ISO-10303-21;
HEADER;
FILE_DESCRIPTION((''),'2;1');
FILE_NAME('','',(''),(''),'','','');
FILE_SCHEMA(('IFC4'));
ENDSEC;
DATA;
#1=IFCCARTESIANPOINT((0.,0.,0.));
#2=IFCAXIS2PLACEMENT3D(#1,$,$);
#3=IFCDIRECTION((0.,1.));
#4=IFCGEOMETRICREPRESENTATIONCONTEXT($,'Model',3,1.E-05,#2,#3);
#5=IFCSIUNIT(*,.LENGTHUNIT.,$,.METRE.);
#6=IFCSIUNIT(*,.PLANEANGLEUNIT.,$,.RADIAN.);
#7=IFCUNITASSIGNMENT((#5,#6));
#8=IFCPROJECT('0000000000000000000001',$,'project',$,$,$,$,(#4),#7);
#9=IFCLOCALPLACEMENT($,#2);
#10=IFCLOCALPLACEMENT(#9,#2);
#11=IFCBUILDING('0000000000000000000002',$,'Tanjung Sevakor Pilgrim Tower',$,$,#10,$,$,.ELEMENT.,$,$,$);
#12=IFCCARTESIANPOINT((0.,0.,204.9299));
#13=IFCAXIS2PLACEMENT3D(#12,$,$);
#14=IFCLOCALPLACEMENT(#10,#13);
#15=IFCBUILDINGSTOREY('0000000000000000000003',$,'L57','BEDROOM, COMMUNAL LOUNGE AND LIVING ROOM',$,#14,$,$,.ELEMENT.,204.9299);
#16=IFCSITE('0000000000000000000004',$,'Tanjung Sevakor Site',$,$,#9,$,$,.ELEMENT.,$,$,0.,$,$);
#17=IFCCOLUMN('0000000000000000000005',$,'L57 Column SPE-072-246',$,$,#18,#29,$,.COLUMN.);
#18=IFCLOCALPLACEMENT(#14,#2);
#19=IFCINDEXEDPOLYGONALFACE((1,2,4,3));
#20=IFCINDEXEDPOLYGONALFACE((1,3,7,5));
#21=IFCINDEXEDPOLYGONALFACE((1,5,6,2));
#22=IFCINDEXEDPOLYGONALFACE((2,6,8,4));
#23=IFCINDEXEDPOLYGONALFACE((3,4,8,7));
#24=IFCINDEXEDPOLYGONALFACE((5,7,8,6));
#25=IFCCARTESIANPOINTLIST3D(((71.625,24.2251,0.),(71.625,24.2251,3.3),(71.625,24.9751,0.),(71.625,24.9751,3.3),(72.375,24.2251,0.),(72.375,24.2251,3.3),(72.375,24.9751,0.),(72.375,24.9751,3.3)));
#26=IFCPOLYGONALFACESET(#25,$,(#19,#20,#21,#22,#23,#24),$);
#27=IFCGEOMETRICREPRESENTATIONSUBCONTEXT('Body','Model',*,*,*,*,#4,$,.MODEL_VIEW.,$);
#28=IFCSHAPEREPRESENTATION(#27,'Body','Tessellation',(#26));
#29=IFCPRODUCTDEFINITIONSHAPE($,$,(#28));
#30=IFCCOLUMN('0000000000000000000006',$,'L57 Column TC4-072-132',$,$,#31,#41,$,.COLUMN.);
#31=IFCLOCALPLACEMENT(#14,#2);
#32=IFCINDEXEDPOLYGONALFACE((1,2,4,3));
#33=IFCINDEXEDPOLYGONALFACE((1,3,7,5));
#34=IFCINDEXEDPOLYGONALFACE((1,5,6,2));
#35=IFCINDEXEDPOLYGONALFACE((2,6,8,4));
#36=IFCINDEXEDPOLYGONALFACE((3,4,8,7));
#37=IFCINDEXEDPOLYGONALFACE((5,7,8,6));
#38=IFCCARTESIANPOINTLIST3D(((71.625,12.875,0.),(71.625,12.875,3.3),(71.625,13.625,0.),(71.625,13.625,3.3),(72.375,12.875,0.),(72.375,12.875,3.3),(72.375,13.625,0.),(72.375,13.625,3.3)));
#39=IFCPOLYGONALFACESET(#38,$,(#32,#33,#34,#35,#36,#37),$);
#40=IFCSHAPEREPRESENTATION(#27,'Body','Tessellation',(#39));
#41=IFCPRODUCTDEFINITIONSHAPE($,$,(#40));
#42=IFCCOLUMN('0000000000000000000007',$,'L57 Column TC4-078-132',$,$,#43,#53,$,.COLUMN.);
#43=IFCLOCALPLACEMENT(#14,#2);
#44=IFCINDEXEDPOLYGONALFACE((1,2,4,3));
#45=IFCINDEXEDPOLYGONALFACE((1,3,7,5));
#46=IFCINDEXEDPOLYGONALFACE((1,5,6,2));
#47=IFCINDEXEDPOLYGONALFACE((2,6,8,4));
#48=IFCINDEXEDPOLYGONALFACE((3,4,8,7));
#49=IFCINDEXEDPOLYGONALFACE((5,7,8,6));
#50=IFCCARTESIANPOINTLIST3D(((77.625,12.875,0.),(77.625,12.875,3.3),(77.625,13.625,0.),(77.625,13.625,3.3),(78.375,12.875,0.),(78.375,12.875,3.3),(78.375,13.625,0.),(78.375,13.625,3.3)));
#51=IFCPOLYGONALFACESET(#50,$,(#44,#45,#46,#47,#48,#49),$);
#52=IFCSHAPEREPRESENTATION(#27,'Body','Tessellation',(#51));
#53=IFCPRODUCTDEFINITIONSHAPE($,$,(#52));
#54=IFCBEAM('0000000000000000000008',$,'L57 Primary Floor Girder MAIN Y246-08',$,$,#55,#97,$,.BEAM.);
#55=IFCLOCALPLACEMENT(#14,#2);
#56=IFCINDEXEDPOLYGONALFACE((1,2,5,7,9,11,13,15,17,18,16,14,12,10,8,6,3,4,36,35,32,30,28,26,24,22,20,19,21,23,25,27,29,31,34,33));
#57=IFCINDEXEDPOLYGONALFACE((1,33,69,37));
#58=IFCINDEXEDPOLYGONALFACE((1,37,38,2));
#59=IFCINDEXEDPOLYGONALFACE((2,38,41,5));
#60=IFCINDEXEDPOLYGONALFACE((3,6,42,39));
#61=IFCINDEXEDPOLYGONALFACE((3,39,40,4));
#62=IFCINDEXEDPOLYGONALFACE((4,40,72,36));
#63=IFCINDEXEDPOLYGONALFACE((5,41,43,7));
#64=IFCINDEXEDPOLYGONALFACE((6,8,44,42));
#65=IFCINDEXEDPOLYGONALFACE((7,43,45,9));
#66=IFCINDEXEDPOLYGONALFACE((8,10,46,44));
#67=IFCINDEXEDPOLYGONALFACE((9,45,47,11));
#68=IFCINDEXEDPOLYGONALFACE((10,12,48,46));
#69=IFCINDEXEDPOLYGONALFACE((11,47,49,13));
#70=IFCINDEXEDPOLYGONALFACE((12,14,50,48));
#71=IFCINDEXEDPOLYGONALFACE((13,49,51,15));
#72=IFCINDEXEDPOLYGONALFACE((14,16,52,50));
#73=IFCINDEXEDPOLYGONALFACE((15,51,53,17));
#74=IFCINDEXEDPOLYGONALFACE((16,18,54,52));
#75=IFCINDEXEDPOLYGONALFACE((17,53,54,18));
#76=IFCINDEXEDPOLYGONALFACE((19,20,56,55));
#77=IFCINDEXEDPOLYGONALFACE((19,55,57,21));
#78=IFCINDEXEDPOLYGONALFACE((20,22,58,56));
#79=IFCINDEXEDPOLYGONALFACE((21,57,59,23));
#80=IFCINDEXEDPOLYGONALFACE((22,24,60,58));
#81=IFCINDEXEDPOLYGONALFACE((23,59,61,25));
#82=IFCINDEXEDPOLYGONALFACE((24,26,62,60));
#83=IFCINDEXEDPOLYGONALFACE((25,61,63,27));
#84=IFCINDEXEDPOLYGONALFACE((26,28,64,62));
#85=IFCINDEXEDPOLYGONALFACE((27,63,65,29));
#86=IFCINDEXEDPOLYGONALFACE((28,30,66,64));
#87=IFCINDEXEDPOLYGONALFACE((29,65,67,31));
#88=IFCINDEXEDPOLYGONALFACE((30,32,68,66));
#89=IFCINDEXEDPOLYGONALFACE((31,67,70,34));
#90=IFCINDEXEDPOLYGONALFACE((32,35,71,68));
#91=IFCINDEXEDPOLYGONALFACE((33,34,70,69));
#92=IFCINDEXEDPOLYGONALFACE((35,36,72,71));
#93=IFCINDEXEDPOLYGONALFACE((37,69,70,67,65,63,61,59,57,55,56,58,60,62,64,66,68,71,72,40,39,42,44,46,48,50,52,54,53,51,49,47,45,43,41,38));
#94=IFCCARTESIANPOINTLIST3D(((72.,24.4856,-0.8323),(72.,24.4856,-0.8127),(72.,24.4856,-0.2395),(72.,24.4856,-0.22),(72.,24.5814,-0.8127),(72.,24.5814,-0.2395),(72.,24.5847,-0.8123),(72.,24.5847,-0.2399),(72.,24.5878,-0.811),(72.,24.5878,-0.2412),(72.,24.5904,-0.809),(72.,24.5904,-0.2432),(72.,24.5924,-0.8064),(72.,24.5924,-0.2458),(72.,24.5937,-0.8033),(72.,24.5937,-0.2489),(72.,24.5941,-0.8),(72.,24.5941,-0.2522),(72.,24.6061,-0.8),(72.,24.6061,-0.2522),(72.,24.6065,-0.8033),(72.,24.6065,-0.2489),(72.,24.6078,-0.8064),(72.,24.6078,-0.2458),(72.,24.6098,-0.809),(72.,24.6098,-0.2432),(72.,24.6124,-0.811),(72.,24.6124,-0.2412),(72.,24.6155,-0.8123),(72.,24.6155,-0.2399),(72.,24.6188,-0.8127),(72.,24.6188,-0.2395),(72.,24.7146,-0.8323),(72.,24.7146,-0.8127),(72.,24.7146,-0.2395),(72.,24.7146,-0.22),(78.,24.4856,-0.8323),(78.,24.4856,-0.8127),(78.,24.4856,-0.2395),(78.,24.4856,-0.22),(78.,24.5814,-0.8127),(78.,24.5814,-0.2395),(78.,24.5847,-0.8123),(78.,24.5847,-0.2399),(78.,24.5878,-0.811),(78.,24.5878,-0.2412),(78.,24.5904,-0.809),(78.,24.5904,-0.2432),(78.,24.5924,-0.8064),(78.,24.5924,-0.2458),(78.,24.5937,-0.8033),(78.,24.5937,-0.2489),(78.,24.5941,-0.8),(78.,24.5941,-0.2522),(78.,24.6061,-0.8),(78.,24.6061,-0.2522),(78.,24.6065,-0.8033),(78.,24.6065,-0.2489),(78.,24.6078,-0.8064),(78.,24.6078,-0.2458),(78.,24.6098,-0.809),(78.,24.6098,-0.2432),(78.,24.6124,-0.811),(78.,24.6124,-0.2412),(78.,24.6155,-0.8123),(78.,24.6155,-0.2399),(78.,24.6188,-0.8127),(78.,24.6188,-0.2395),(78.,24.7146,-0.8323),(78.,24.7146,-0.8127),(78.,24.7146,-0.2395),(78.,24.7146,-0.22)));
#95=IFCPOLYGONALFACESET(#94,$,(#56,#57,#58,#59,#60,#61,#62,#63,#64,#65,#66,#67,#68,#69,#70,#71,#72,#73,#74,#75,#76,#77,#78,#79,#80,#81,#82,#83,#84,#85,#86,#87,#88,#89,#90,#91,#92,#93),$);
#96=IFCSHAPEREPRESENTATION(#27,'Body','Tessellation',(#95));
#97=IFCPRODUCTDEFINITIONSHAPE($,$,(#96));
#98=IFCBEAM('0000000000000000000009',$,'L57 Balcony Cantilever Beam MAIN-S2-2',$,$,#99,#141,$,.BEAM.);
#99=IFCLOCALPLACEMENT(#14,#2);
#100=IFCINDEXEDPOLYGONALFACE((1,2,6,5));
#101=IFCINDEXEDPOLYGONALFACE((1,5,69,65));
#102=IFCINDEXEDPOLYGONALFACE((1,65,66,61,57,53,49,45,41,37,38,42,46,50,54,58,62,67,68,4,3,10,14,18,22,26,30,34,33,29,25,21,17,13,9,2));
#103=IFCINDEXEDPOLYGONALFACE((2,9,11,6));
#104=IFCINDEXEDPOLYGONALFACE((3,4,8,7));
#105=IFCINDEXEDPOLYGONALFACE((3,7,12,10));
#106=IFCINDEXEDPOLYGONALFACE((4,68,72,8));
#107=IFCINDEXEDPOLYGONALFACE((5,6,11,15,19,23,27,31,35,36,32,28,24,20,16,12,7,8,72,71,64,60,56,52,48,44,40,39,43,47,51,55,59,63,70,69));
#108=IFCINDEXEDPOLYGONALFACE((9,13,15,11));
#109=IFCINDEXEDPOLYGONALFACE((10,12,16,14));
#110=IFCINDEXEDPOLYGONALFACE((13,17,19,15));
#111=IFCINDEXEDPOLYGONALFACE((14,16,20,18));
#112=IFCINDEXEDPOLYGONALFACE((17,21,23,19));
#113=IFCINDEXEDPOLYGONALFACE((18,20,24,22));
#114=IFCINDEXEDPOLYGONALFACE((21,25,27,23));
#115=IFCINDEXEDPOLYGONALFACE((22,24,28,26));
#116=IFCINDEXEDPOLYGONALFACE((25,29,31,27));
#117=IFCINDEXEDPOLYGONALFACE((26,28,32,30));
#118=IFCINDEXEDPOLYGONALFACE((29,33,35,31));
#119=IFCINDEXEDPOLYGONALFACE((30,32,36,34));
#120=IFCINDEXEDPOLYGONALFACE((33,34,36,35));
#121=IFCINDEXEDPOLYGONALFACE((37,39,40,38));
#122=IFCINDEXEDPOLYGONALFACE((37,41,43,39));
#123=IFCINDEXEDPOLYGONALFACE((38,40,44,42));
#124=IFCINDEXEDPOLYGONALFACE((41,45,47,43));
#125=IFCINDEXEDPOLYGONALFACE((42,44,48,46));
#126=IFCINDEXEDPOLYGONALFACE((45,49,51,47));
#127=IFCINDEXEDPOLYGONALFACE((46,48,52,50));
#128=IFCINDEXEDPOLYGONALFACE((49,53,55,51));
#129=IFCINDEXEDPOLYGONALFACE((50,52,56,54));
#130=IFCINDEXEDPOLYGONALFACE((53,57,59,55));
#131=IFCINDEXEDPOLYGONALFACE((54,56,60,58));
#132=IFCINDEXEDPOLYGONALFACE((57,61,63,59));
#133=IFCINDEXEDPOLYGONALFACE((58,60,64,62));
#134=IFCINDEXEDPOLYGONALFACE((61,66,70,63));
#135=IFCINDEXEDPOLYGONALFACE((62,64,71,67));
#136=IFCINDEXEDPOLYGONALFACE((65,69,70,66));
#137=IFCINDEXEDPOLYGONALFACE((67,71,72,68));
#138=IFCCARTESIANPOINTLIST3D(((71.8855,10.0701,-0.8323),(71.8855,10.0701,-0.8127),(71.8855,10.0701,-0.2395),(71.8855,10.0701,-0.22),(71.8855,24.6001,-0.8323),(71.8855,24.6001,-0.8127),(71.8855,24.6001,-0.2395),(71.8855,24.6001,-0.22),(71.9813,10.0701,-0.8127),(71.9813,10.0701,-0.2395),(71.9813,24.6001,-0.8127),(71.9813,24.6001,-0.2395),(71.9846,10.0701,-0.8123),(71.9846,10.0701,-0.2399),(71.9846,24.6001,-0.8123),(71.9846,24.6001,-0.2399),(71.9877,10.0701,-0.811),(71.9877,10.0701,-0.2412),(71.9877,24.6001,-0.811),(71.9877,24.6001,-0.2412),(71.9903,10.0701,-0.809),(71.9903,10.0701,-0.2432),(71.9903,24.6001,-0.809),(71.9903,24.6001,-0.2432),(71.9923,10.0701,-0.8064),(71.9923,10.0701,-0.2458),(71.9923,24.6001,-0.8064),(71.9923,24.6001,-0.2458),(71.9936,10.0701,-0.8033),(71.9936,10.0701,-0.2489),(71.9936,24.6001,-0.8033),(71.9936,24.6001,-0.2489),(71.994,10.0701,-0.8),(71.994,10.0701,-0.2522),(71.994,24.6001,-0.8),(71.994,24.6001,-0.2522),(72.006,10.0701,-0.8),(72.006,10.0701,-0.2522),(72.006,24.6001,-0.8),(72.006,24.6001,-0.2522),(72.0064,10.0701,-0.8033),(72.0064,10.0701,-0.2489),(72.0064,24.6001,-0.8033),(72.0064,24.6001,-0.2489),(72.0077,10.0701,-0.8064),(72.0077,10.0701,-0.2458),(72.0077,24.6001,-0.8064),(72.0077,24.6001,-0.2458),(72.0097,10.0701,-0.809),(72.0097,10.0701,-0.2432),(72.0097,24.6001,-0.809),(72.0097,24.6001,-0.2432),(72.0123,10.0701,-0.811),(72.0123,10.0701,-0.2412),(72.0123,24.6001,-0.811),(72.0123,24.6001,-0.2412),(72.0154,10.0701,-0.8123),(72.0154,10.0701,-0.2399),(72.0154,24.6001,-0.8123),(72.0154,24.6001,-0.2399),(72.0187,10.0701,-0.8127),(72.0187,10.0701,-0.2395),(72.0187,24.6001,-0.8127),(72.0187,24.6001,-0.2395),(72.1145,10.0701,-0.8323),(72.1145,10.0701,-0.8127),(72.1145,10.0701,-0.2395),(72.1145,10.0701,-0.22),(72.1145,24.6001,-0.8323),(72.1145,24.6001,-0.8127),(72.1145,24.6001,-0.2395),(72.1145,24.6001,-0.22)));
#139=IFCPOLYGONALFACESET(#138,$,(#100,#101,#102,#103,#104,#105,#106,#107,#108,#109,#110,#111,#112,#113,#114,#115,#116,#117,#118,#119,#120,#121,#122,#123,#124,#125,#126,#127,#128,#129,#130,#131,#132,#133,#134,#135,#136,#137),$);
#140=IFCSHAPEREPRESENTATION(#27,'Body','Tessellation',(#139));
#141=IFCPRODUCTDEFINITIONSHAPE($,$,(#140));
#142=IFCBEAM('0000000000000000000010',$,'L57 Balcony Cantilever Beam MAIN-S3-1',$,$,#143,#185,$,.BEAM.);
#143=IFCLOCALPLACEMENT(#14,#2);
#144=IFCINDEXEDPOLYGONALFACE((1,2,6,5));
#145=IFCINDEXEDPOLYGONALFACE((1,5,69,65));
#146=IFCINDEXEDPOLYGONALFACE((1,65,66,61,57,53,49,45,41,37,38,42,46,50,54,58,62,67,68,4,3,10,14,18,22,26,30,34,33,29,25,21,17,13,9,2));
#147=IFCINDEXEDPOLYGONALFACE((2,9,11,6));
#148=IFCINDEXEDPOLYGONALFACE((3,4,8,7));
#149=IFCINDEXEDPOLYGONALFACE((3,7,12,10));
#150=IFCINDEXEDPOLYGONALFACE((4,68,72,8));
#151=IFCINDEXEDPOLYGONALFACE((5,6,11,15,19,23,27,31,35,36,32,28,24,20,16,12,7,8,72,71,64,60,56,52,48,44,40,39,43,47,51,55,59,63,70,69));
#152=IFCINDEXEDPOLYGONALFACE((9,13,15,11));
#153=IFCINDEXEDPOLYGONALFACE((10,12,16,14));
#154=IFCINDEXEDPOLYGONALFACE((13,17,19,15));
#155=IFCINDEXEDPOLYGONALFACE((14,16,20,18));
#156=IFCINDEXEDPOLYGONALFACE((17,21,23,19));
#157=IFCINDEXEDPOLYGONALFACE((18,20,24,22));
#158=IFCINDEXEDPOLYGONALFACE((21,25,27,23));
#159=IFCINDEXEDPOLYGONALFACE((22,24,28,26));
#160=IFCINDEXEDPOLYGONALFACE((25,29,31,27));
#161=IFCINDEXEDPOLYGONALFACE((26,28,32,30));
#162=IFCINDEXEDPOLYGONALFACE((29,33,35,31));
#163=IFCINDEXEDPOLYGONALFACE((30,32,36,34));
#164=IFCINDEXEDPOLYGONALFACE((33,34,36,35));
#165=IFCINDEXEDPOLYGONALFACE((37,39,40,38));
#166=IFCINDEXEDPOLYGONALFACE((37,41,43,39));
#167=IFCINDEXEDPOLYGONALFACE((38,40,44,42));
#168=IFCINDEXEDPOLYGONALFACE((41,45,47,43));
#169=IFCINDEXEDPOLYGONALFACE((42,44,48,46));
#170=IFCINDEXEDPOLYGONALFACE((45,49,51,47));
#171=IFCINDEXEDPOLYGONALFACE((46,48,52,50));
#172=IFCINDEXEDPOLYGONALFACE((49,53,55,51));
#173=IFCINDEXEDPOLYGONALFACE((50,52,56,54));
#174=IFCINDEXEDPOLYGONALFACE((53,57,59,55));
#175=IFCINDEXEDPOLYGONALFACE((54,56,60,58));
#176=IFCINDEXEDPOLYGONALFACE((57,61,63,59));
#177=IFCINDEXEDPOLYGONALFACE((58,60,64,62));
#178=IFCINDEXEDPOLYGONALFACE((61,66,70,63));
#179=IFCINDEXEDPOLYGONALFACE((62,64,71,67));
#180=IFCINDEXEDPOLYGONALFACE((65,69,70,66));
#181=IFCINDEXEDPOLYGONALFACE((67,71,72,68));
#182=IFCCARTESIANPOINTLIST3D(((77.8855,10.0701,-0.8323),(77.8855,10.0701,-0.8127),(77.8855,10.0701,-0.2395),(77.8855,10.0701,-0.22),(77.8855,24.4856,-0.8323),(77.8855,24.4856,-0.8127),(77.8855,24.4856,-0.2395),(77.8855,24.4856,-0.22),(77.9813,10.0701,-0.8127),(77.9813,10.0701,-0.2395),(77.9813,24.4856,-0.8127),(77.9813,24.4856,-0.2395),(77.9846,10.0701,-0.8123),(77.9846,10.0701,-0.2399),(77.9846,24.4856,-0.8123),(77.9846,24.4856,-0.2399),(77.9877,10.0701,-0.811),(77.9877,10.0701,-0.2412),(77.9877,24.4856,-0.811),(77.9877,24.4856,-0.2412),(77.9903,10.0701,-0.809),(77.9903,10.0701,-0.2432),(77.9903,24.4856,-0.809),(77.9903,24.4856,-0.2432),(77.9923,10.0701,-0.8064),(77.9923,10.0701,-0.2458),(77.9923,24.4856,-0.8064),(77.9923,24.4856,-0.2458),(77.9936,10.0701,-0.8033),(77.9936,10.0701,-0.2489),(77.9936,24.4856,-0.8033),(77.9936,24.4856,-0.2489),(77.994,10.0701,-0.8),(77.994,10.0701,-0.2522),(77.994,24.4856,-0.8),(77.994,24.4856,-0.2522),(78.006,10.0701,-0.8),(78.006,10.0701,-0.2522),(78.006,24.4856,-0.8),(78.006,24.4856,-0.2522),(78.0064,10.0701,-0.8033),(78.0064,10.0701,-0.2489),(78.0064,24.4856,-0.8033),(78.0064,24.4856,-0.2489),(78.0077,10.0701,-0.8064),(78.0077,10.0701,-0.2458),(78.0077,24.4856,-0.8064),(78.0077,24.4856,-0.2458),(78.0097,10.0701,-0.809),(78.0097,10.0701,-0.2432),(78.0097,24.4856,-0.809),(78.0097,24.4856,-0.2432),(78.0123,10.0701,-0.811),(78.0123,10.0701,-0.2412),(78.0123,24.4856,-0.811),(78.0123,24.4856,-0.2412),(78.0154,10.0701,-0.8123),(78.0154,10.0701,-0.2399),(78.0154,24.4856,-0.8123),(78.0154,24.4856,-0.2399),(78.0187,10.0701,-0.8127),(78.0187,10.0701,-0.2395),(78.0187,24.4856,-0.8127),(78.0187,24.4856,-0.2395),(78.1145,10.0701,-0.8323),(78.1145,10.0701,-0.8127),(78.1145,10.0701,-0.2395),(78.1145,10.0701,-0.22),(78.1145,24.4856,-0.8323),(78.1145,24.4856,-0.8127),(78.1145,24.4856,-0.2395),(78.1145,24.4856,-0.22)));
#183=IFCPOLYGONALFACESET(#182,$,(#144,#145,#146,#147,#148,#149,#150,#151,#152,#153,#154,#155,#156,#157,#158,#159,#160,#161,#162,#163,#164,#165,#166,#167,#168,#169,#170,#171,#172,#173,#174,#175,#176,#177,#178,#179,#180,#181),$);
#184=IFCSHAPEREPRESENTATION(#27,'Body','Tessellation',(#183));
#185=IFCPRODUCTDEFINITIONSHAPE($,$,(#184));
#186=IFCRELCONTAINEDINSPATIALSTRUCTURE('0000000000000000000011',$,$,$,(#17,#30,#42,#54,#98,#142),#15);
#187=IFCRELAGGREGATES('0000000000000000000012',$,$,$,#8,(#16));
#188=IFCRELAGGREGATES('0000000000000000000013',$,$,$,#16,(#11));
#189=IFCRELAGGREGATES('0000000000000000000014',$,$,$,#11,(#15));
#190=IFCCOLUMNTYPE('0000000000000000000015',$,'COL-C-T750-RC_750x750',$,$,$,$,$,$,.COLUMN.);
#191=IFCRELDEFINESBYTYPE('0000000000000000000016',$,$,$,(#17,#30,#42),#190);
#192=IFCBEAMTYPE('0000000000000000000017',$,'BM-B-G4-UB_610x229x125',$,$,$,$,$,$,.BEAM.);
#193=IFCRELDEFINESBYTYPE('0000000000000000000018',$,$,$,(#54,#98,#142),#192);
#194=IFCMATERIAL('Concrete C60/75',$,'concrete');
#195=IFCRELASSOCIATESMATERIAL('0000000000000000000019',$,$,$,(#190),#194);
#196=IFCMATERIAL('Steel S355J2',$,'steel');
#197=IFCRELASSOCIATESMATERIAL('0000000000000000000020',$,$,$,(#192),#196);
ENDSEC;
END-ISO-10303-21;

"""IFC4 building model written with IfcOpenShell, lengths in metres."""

from ifc_helpers import new_model, si_unit, direction, frame, origin, origin_2d, place, context, subcontext, project, spatial, rectangle, i_section, extrude, material, material_profile, profile_set, type_object, element, save


model = new_model("IFC4")

# Units and contexts
model_context = context("Model", 3, precision=1e-05, world=origin(), true_north=direction((0.0, 1.0)))
body_context = subcontext(model_context, "Body", "Model", "MODEL_VIEW")
ifc_project = project(units=[si_unit("LENGTHUNIT", "METRE"), si_unit("PLANEANGLEUNIT", "RADIAN")], contexts=[model_context])

# Site, building, storey
site_placement = place(None, origin())
site = spatial("IfcSite", under=ifc_project, at=site_placement, Name="Tanjung Sevakor Site", CompositionType="ELEMENT", RefElevation=0.0)
building_placement = place(site_placement, origin())
building = spatial("IfcBuilding", under=site, at=building_placement, Name="Tanjung Sevakor Pilgrim Tower", CompositionType="ELEMENT")
storey_placement = place(building_placement, frame((0.0, 0.0, 204.9299)))
storey = spatial("IfcBuildingStorey", under=building, at=storey_placement, Name="L57", Description="BEDROOM, COMMUNAL LOUNGE AND LIVING ROOM", CompositionType="ELEMENT", Elevation=204.9299)

# Columns
ifc_material_1 = material(Name="Concrete C60/75", Category="concrete")
ifc_material_profile_1 = material_profile(ifc_material_1, rectangle(XDim=0.75, YDim=0.75, at=origin_2d()))
ifc_profile_set_1 = profile_set([ifc_material_profile_1], Name="Concrete C60/75")
column_type = type_object("IfcColumnType", Name="COL-C-T750-RC_750x750", PredefinedType="COLUMN", material=ifc_profile_set_1)
for number, where, z_axis, x_axis, name in (
    (1, (72.0, 24.6001, 0.0), (0.0, 0.0, 1.0), (1.0, 0.0, 0.0), "L57 Column SPE-072-246"),
    (2, (72.0, 13.25, 0.0), (0.0, 0.0, 1.0), (1.0, 0.0, 0.0), "L57 Column TC4-072-132"),
    (3, (78.0, 13.25, 0.0), (0.0, 0.0, 1.0), (1.0, 0.0, 0.0), "L57 Column TC4-078-132"),
):
    element("IfcColumn", number, at=place(storey_placement, frame(where, z_axis=z_axis, x_axis=x_axis)), inside=storey, type_object=column_type, Name=name, PredefinedType="COLUMN", context=body_context, shape_type="SweptSolid", body=[
        extrude(rectangle(XDim=0.75, YDim=0.75, at=origin_2d()), origin(), (0.0, 0.0, 1.0), 3.3),
    ])

# Beams
ifc_material_2 = material(Name="Steel S355J2", Category="steel")
ifc_material_profile_2 = material_profile(ifc_material_2, i_section(OverallWidth=0.229, OverallDepth=0.6123, WebThickness=0.012, FlangeThickness=0.0195, FilletRadius=0.0127, at=origin_2d()))
ifc_profile_set_2 = profile_set([ifc_material_profile_2], Name="Steel S355J2")
beam_type_1 = type_object("IfcBeamType", Name="BM-B-G4-UB_610x229x125", PredefinedType="BEAM", material=ifc_profile_set_2)
beam_1_placement = place(storey_placement, frame((72.0, 24.6001, -0.5261), z_axis=(1.0, 0.0, 0.0), x_axis=(0.0, 1.0, 0.0)))
element("IfcBeam", 4, at=beam_1_placement, inside=storey, type_object=beam_type_1, Name="L57 Primary Floor Girder MAIN Y246-08", PredefinedType="BEAM", context=body_context, shape_type="SweptSolid", body=[
    extrude(i_section(OverallWidth=0.229, OverallDepth=0.6123, WebThickness=0.012, FlangeThickness=0.0195, FilletRadius=0.0127, at=origin_2d()), origin(), (0.0, 0.0, 1.0), 6.0),
])
beam_2_placement = place(storey_placement, frame((72.0, 24.6001, -0.5261), z_axis=(0.0, -1.0, 0.0), x_axis=(1.0, 0.0, 0.0)))
element("IfcBeam", 5, at=beam_2_placement, inside=storey, type_object=beam_type_1, Name="L57 Balcony Cantilever Beam MAIN-S2-2", PredefinedType="BEAM", context=body_context, shape_type="SweptSolid", body=[
    extrude(i_section(OverallWidth=0.229, OverallDepth=0.6123, WebThickness=0.012, FlangeThickness=0.0195, FilletRadius=0.0127, at=origin_2d()), origin(), (0.0, 0.0, 1.0), 14.53),
])
beam_3_placement = place(storey_placement, frame((78.0, 24.4856, -0.5261), z_axis=(0.0, -1.0, 0.0), x_axis=(1.0, 0.0, 0.0)))
element("IfcBeam", 6, at=beam_3_placement, inside=storey, type_object=beam_type_1, Name="L57 Balcony Cantilever Beam MAIN-S3-1", PredefinedType="BEAM", context=body_context, shape_type="SweptSolid", body=[
    extrude(i_section(OverallWidth=0.229, OverallDepth=0.6123, WebThickness=0.012, FlangeThickness=0.0195, FilletRadius=0.0127, at=origin_2d()), origin(), (0.0, 0.0, 1.0), 14.4155),
])

save(model, "model.ifc")
